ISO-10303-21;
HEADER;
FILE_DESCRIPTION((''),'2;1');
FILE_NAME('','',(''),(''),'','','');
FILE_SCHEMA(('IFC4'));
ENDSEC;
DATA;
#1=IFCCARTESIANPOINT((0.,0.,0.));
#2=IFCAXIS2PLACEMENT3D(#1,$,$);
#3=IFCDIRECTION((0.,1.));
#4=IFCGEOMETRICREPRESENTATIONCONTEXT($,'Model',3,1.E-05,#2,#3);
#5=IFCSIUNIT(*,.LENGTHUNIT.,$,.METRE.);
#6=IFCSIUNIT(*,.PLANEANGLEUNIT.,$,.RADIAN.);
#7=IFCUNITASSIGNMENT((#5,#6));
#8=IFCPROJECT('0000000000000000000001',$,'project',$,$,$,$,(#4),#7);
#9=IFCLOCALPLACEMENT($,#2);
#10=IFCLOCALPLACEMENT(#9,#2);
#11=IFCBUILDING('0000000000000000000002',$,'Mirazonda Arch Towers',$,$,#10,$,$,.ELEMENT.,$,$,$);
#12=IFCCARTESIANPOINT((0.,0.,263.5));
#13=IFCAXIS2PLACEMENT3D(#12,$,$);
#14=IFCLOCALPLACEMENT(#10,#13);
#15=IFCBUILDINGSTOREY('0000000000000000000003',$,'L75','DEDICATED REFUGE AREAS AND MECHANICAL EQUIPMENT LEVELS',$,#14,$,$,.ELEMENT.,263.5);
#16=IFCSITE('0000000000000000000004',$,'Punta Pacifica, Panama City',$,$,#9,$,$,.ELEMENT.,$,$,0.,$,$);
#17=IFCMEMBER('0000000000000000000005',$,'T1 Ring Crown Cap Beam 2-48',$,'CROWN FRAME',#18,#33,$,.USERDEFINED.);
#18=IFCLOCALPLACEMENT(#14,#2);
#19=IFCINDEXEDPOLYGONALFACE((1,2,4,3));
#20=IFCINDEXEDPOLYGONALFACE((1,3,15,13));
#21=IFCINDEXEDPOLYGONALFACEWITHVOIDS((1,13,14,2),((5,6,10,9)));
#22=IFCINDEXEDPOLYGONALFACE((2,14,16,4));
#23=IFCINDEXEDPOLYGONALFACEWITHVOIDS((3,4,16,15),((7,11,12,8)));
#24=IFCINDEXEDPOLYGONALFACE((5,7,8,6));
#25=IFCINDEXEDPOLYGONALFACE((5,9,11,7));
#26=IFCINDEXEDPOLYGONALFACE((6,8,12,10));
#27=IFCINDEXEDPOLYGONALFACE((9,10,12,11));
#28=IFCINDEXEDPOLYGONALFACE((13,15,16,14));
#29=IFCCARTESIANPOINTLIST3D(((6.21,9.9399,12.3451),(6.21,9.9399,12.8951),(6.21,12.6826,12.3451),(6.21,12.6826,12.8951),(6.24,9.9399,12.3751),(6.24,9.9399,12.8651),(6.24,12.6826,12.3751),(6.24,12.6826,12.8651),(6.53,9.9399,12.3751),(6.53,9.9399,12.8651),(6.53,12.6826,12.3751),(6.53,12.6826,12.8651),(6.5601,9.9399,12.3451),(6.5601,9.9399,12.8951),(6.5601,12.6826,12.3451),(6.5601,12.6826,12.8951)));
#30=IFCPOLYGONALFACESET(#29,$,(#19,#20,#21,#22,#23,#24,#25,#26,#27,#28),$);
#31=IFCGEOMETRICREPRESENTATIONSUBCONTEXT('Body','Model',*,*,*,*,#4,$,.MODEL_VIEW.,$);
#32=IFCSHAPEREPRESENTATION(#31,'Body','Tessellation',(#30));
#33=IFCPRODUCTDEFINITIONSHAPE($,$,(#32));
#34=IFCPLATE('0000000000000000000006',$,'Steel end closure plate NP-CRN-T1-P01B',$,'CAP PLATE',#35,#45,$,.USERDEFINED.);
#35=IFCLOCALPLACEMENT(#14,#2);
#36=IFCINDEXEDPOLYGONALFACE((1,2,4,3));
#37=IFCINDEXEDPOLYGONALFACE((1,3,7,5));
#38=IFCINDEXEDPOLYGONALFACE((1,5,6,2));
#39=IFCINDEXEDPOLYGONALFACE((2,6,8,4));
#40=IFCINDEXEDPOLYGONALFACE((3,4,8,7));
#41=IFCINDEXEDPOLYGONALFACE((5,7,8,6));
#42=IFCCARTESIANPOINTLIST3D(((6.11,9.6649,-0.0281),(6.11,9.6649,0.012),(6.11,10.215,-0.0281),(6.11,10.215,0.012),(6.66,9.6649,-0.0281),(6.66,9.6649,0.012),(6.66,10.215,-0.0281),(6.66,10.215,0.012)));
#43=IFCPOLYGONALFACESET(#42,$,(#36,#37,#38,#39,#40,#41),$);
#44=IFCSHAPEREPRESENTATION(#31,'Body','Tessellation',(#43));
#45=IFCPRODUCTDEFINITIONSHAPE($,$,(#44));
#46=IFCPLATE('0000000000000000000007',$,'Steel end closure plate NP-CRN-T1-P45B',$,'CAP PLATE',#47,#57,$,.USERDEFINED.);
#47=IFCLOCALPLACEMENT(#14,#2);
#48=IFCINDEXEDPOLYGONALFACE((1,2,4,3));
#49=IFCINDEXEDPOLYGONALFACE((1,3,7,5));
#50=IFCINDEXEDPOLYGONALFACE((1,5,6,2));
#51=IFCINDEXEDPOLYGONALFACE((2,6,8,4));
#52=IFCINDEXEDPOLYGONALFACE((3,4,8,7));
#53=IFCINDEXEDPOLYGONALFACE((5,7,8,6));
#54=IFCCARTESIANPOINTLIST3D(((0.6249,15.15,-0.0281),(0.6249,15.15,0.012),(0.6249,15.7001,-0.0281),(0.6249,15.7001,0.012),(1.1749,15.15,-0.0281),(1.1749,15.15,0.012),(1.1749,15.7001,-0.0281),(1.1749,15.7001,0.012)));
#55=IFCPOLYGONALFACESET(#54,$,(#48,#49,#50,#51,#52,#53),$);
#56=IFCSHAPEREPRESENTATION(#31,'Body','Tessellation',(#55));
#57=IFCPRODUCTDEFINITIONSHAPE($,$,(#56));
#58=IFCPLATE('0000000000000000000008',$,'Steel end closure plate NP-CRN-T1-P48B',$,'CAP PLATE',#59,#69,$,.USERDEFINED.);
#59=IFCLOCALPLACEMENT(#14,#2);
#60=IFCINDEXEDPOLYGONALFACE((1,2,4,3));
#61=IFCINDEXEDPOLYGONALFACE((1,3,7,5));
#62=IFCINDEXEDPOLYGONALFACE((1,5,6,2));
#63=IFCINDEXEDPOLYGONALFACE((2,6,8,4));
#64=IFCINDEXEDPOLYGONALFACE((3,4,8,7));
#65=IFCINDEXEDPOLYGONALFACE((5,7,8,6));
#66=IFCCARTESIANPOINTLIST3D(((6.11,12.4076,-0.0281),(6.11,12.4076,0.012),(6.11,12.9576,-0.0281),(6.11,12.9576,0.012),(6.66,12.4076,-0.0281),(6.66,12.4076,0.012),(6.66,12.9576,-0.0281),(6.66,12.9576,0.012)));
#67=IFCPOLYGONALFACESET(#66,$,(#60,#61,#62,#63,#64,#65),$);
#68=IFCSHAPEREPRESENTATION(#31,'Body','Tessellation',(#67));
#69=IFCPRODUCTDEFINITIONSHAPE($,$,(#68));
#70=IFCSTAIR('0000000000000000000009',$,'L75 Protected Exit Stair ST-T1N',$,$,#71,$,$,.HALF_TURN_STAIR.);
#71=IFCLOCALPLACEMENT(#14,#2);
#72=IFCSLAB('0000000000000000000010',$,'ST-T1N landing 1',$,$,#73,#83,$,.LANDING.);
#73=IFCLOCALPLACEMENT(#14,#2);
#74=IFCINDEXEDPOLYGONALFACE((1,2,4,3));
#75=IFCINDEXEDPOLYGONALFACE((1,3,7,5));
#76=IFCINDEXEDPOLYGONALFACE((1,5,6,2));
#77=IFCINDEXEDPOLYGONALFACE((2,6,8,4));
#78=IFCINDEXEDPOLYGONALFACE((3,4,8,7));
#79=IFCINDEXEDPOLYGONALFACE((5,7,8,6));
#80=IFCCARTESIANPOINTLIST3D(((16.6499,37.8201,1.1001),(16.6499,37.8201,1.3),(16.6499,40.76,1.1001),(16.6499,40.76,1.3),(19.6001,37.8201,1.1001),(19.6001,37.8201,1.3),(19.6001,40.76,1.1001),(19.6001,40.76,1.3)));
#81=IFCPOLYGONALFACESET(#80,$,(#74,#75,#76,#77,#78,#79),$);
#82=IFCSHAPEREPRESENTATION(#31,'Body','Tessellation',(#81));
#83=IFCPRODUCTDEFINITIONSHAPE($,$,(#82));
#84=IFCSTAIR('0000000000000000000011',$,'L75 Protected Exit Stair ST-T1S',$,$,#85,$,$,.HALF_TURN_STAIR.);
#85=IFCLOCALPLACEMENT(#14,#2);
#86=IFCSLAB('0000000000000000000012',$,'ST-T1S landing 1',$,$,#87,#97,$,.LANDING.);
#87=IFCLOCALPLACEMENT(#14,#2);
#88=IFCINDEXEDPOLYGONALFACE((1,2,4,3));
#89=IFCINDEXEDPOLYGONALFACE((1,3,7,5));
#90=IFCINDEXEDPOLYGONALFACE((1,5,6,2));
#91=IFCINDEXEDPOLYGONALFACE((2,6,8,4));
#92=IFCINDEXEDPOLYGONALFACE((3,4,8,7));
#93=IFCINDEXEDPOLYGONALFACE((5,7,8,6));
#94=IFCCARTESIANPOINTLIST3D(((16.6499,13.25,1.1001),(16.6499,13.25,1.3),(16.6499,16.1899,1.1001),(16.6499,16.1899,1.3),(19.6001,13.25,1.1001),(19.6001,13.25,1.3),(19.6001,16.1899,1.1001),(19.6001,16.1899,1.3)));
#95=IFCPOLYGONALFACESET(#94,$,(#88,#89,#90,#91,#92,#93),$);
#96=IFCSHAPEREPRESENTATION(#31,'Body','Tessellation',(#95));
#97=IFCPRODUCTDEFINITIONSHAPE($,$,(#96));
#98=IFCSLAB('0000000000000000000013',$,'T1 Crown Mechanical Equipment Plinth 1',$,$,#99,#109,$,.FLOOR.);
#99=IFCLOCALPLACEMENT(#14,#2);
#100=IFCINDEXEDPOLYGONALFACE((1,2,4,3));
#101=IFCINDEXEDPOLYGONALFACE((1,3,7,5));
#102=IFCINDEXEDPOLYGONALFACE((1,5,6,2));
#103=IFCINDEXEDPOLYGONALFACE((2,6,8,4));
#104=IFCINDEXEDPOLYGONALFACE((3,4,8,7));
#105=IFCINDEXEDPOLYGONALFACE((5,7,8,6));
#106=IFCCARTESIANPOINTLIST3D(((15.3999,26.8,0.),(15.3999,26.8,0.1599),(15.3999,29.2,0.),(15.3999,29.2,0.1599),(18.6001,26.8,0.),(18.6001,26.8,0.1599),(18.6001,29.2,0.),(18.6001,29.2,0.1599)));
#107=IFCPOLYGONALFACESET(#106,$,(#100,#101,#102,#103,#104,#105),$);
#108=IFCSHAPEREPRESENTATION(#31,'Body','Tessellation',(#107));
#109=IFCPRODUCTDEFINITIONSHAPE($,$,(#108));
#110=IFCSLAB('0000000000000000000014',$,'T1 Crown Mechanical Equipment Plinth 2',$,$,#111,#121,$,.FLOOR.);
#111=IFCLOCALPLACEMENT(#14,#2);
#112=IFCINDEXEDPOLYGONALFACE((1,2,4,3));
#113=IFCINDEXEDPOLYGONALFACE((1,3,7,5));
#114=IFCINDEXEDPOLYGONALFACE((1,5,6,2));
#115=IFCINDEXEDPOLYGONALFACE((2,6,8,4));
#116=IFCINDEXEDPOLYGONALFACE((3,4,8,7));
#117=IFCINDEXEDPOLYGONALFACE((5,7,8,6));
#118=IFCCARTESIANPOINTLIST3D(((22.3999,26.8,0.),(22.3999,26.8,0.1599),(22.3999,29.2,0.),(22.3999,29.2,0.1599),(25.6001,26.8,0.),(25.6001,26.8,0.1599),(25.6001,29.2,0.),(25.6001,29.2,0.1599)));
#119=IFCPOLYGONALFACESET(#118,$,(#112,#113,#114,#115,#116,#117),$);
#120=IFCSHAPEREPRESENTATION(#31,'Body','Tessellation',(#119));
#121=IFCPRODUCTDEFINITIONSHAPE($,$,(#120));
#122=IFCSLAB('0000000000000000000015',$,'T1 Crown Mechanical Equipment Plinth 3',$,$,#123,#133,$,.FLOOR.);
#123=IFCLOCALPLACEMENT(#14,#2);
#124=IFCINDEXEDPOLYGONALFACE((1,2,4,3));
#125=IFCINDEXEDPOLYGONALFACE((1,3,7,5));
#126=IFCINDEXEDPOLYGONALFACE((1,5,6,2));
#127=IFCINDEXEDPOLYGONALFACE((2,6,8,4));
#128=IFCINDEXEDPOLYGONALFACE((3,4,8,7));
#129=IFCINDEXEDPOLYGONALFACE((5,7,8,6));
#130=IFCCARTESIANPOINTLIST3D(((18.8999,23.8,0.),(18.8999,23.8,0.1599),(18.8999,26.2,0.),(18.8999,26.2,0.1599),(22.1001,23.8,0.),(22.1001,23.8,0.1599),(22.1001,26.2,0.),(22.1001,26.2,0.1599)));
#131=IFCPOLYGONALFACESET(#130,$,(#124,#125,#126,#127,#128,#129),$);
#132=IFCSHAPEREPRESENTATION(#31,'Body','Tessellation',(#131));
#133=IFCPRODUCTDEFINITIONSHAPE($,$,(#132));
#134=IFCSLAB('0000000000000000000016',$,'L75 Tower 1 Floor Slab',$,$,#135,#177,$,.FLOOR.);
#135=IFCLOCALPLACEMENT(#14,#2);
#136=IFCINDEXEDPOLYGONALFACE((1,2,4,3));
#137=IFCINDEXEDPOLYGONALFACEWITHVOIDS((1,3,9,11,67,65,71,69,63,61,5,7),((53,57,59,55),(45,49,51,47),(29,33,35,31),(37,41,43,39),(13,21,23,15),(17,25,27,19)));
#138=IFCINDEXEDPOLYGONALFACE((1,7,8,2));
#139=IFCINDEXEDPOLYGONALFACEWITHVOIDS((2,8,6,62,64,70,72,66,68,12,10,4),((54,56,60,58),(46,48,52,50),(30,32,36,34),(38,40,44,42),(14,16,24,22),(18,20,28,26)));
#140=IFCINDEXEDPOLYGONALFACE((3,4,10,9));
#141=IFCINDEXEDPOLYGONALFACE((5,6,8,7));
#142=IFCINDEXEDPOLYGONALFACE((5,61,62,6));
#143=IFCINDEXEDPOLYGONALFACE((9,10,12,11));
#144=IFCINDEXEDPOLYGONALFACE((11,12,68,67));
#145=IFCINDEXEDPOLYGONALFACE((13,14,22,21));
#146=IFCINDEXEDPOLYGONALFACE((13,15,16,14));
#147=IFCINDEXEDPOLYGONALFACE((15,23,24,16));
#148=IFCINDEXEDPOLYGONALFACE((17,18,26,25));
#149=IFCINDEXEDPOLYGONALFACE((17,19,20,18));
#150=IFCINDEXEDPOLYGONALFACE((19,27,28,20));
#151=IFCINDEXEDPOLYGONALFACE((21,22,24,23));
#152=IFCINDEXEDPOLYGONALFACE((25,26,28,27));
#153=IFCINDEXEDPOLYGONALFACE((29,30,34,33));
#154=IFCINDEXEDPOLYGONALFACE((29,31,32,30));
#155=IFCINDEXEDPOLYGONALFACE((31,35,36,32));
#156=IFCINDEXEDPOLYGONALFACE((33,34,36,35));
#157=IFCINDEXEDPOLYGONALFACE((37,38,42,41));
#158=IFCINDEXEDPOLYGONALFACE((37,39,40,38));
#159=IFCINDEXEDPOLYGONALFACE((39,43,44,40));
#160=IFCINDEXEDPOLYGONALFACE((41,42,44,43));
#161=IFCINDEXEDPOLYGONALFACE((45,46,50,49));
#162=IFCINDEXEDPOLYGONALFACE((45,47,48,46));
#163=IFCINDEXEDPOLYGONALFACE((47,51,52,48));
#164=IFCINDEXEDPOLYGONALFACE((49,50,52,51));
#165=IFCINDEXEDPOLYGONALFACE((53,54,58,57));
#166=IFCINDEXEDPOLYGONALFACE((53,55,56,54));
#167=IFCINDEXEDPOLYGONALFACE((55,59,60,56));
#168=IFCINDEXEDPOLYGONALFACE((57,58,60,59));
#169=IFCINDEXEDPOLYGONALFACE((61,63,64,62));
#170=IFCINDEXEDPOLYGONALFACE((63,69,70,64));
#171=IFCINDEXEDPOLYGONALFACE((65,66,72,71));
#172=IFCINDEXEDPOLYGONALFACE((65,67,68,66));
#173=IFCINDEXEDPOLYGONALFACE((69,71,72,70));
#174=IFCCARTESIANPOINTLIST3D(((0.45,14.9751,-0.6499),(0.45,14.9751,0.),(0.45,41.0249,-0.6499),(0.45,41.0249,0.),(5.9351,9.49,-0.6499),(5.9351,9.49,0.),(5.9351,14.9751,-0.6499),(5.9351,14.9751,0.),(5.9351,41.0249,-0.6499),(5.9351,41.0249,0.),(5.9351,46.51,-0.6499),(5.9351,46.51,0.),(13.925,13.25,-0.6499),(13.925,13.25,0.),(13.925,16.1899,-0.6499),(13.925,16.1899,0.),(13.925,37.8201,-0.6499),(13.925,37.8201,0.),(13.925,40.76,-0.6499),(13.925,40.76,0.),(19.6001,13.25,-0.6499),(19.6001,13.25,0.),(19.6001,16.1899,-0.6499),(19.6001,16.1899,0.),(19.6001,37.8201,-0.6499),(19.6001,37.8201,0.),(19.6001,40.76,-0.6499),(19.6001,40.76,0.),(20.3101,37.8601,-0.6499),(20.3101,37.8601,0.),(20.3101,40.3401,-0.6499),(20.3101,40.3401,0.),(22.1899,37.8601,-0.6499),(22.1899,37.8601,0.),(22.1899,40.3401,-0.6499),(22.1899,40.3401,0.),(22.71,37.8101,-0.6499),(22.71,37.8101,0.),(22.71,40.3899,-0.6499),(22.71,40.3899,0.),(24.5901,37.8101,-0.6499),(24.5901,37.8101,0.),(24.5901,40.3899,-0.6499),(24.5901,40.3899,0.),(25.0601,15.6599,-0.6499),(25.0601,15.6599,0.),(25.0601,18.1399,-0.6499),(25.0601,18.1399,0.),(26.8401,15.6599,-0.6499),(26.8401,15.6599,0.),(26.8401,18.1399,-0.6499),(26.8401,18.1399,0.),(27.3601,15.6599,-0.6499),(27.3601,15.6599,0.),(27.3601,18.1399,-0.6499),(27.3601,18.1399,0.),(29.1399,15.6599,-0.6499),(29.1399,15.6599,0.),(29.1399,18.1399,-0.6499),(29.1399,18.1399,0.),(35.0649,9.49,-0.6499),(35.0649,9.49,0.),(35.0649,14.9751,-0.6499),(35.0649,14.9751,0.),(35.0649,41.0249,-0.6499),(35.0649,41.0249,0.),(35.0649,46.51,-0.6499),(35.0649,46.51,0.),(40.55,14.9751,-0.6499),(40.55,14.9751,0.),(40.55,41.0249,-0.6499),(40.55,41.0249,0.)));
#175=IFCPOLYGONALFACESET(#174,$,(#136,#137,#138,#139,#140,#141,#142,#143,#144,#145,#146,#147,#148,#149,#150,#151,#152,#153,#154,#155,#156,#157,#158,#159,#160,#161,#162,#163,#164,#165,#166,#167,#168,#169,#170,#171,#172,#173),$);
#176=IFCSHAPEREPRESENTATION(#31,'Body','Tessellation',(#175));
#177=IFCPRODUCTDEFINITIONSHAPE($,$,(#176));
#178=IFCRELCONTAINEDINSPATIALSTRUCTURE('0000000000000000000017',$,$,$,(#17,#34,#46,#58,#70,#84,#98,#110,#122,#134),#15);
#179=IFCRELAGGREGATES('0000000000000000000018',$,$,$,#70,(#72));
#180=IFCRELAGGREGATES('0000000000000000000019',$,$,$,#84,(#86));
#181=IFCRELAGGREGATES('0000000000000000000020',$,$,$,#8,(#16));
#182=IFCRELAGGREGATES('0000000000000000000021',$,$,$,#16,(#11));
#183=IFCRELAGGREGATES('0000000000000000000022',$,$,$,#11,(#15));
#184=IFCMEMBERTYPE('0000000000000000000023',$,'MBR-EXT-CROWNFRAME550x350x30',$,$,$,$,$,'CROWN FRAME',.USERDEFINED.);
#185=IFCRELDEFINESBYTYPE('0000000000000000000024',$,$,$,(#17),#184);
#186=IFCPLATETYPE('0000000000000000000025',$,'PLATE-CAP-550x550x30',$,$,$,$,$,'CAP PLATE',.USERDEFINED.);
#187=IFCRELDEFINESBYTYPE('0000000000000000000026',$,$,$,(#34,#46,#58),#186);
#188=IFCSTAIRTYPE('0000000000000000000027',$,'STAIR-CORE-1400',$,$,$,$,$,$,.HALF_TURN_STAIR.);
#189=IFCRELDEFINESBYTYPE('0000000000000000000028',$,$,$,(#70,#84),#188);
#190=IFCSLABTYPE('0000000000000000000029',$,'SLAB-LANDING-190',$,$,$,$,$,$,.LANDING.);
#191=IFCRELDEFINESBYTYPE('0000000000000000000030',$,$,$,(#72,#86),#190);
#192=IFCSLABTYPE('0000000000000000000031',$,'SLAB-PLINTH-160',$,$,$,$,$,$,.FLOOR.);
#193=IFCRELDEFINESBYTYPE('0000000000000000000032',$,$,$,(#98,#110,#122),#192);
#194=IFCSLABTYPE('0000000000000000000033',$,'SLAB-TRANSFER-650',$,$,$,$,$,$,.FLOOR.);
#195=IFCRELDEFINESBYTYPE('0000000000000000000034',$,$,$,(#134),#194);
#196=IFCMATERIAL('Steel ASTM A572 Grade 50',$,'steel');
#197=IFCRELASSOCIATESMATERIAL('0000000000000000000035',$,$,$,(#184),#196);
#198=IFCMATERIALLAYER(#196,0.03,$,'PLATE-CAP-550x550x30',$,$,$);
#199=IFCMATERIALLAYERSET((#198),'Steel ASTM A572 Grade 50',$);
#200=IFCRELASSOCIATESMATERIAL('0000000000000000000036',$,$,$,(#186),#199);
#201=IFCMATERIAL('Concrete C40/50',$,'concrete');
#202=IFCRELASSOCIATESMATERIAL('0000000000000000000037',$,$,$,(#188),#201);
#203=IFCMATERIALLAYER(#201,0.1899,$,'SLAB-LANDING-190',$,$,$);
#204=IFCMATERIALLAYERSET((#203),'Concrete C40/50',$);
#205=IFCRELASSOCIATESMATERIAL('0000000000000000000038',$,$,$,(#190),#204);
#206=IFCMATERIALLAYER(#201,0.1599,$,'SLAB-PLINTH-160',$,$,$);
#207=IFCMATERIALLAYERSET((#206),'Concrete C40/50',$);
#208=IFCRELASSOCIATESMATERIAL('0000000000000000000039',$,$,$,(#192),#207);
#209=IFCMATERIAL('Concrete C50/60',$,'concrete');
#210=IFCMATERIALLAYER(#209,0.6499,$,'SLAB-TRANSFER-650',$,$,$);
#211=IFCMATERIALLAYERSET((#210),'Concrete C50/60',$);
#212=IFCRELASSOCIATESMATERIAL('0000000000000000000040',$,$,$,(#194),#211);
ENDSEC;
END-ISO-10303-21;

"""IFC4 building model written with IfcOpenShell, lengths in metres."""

from ifc_helpers import new_model, si_unit, direction, frame, origin, origin_2d, place, context, subcontext, project, spatial, polyline, rectangle, hollow_rectangle, outline, extrude, material, layer, layer_set, material_profile, profile_set, type_object, element, aggregate, save


model = new_model("IFC4")

# Units and contexts
model_context = context("Model", 3, precision=1e-05, world=origin(), true_north=direction((0.0, 1.0)))
body_context = subcontext(model_context, "Body", "Model", "MODEL_VIEW")
ifc_project = project(units=[si_unit("LENGTHUNIT", "METRE"), si_unit("PLANEANGLEUNIT", "RADIAN")], contexts=[model_context])

# Site, building, storey
site_placement = place(None, origin())
site = spatial("IfcSite", under=ifc_project, at=site_placement, Name="Punta Pacifica, Panama City", CompositionType="ELEMENT", RefElevation=0.0)
building_placement = place(site_placement, origin())
building = spatial("IfcBuilding", under=site, at=building_placement, Name="Mirazonda Arch Towers", CompositionType="ELEMENT")
storey_placement = place(building_placement, frame((0.0, 0.0, 263.5)))
storey = spatial("IfcBuildingStorey", under=building, at=storey_placement, Name="L75", Description="DEDICATED REFUGE AREAS AND MECHANICAL EQUIPMENT LEVELS", CompositionType="ELEMENT", Elevation=263.5)

# Member
ifc_material_1 = material(Name="Steel ASTM A572 Grade 50", Category="steel")
ifc_material_profile_1 = material_profile(ifc_material_1, hollow_rectangle(XDim=0.3501, YDim=0.55, WallThickness=0.03, at=origin_2d()), Name="CROWNFRAME550x350x30")
ifc_profile_set_1 = profile_set([ifc_material_profile_1], Name="Steel ASTM A572 Grade 50")
member_type_1 = type_object("IfcMemberType", Name="MBR-EXT-CROWNFRAME550x350x30", ElementType="CROWN FRAME", PredefinedType="USERDEFINED", material=ifc_profile_set_1)
for number, where, z_axis, x_axis, name in (
    (1, (6.385, 12.6826, 12.6201), (0.0, -1.0, 0.0), (1.0, 0.0, 0.0), "T1 Ring Crown Cap Beam 2-48"),
):
    element("IfcMember", number, at=place(storey_placement, frame(where, z_axis=z_axis, x_axis=x_axis)), inside=storey, type_object=member_type_1, Name=name, ObjectType="CROWN FRAME", PredefinedType="USERDEFINED", context=body_context, shape_type="SweptSolid", body=[
        extrude(hollow_rectangle(XDim=0.3501, YDim=0.55, WallThickness=0.03, at=origin_2d()), origin(), (0.0, 0.0, 1.0), 2.7427),
    ])

# Plates
ifc_layer_1 = layer(ifc_material_1, 0.03, Name="PLATE-CAP-550x550x30")
ifc_layer_set_1 = layer_set([ifc_layer_1], Name="Steel ASTM A572 Grade 50")
plate_type = type_object("IfcPlateType", Name="PLATE-CAP-550x550x30", ElementType="CAP PLATE", PredefinedType="USERDEFINED", material=ifc_layer_set_1)
for number, where, z_axis, x_axis, name in (
    (2, (6.385, 9.9399, -0.0281), (0.0, 0.0, 1.0), (1.0, 0.0, 0.0), "Steel end closure plate NP-CRN-T1-P01B"),
    (3, (0.8999, 15.425, -0.0281), (0.0, 0.0, 1.0), (1.0, 0.0, 0.0), "Steel end closure plate NP-CRN-T1-P45B"),
    (4, (6.385, 12.6826, -0.0281), (0.0, 0.0, 1.0), (1.0, 0.0, 0.0), "Steel end closure plate NP-CRN-T1-P48B"),
):
    element("IfcPlate", number, at=place(storey_placement, frame(where, z_axis=z_axis, x_axis=x_axis)), inside=storey, type_object=plate_type, Name=name, ObjectType="CAP PLATE", PredefinedType="USERDEFINED", context=body_context, shape_type="SweptSolid", body=[
        extrude(rectangle(XDim=0.55, YDim=0.55, at=origin_2d()), origin(), (0.0, 0.0, 1.0), 0.04),
    ])

# Stairs, slabs
ifc_material_2 = material(Name="Concrete C40/50", Category="concrete")
stair_type = type_object("IfcStairType", Name="STAIR-CORE-1400", PredefinedType="HALF_TURN_STAIR", material=ifc_material_2)
stair_1_placement = place(storey_placement, origin())
stair_1 = element("IfcStair", 5, at=stair_1_placement, inside=storey, type_object=stair_type, Name="L75 Protected Exit Stair ST-T1N", PredefinedType="HALF_TURN_STAIR")
ifc_layer_2 = layer(ifc_material_2, 0.1899, Name="SLAB-LANDING-190")
ifc_layer_set_2 = layer_set([ifc_layer_2], Name="Concrete C40/50")
slab_type_1 = type_object("IfcSlabType", Name="SLAB-LANDING-190", PredefinedType="LANDING", material=ifc_layer_set_2)
slab_1_placement = place(storey_placement, frame((0.0, 0.0, 1.1001)))
slab_1 = element("IfcSlab", 6, at=slab_1_placement, type_object=slab_type_1, Name="ST-T1N landing 1", PredefinedType="LANDING", context=body_context, shape_type="SweptSolid", body=[
    extrude(outline(polyline([(16.6499, 37.8201), (19.6001, 37.8201), (19.6001, 40.76), (16.6499, 40.76), (16.6499, 37.8201)])), origin(), (0.0, 0.0, 1.0), 0.2),
])
aggregate(stair_1, [slab_1])
stair_2_placement = place(storey_placement, origin())
stair_2 = element("IfcStair", 7, at=stair_2_placement, inside=storey, type_object=stair_type, Name="L75 Protected Exit Stair ST-T1S", PredefinedType="HALF_TURN_STAIR")
slab_2_placement = place(storey_placement, frame((0.0, 0.0, 1.1001)))
slab_2 = element("IfcSlab", 8, at=slab_2_placement, type_object=slab_type_1, Name="ST-T1S landing 1", PredefinedType="LANDING", context=body_context, shape_type="SweptSolid", body=[
    extrude(outline(polyline([(16.6499, 13.25), (19.6001, 13.25), (19.6001, 16.1899), (16.6499, 16.1899), (16.6499, 13.25)])), origin(), (0.0, 0.0, 1.0), 0.2),
])
aggregate(stair_2, [slab_2])

# Slabs
ifc_layer_3 = layer(ifc_material_2, 0.1599, Name="SLAB-PLINTH-160")
ifc_layer_set_3 = layer_set([ifc_layer_3], Name="Concrete C40/50")
slab_type_2 = type_object("IfcSlabType", Name="SLAB-PLINTH-160", PredefinedType="FLOOR", material=ifc_layer_set_3)
slab_3_placement = place(storey_placement, origin())
element("IfcSlab", 9, at=slab_3_placement, inside=storey, type_object=slab_type_2, Name="T1 Crown Mechanical Equipment Plinth 1", PredefinedType="FLOOR", context=body_context, shape_type="SweptSolid", body=[
    extrude(outline(polyline([(15.3999, 26.8), (18.6001, 26.8), (18.6001, 29.2), (15.3999, 29.2), (15.3999, 26.8)])), origin(), (0.0, 0.0, 1.0), 0.1599),
])
slab_4_placement = place(storey_placement, origin())
element("IfcSlab", 10, at=slab_4_placement, inside=storey, type_object=slab_type_2, Name="T1 Crown Mechanical Equipment Plinth 2", PredefinedType="FLOOR", context=body_context, shape_type="SweptSolid", body=[
    extrude(outline(polyline([(22.3999, 26.8), (25.6001, 26.8), (25.6001, 29.2), (22.3999, 29.2), (22.3999, 26.8)])), origin(), (0.0, 0.0, 1.0), 0.1599),
])
slab_5_placement = place(storey_placement, origin())
element("IfcSlab", 11, at=slab_5_placement, inside=storey, type_object=slab_type_2, Name="T1 Crown Mechanical Equipment Plinth 3", PredefinedType="FLOOR", context=body_context, shape_type="SweptSolid", body=[
    extrude(outline(polyline([(18.8999, 23.8), (22.1001, 23.8), (22.1001, 26.2), (18.8999, 26.2), (18.8999, 23.8)])), origin(), (0.0, 0.0, 1.0), 0.1599),
])
ifc_material_3 = material(Name="Concrete C50/60", Category="concrete")
ifc_layer_4 = layer(ifc_material_3, 0.6499, Name="SLAB-TRANSFER-650")
ifc_layer_set_4 = layer_set([ifc_layer_4], Name="Concrete C50/60")
slab_type_3 = type_object("IfcSlabType", Name="SLAB-TRANSFER-650", PredefinedType="FLOOR", material=ifc_layer_set_4)
slab_6_placement = place(storey_placement, frame((0.0, 0.0, -0.6499)))
element("IfcSlab", 12, at=slab_6_placement, inside=storey, type_object=slab_type_3, Name="L75 Tower 1 Floor Slab", PredefinedType="FLOOR", context=body_context, shape_type="SweptSolid", body=[
    extrude(outline(polyline([(5.9351, 9.49), (35.0649, 9.49), (35.0649, 14.9751), (40.55, 14.9751), (40.55, 41.0249), (35.0649, 41.0249), (35.0649, 46.51), (5.9351, 46.51), (5.9351, 41.0249), (0.45, 41.0249), (0.45, 14.9751), (5.9351, 14.9751), (5.9351, 9.49)]), holes=[polyline([(27.3601, 18.1399), (29.1399, 18.1399), (29.1399, 15.6599), (27.3601, 15.6599), (27.3601, 18.1399)]), polyline([(25.0601, 18.1399), (26.8401, 18.1399), (26.8401, 15.6599), (25.0601, 15.6599), (25.0601, 18.1399)]), polyline([(22.71, 40.3899), (24.5901, 40.3899), (24.5901, 37.8101), (22.71, 37.8101), (22.71, 40.3899)]), polyline([(20.3101, 37.8601), (20.3101, 40.3401), (22.1899, 40.3401), (22.1899, 37.8601), (20.3101, 37.8601)]), polyline([(19.6001, 13.25), (13.925, 13.25), (13.925, 16.1899), (19.6001, 16.1899), (19.6001, 13.25)]), polyline([(13.925, 37.8201), (13.925, 40.76), (19.6001, 40.76), (19.6001, 37.8201), (13.925, 37.8201)])]), origin(), (0.0, 0.0, 1.0), 0.6499),
])

save(model, "model.ifc")
